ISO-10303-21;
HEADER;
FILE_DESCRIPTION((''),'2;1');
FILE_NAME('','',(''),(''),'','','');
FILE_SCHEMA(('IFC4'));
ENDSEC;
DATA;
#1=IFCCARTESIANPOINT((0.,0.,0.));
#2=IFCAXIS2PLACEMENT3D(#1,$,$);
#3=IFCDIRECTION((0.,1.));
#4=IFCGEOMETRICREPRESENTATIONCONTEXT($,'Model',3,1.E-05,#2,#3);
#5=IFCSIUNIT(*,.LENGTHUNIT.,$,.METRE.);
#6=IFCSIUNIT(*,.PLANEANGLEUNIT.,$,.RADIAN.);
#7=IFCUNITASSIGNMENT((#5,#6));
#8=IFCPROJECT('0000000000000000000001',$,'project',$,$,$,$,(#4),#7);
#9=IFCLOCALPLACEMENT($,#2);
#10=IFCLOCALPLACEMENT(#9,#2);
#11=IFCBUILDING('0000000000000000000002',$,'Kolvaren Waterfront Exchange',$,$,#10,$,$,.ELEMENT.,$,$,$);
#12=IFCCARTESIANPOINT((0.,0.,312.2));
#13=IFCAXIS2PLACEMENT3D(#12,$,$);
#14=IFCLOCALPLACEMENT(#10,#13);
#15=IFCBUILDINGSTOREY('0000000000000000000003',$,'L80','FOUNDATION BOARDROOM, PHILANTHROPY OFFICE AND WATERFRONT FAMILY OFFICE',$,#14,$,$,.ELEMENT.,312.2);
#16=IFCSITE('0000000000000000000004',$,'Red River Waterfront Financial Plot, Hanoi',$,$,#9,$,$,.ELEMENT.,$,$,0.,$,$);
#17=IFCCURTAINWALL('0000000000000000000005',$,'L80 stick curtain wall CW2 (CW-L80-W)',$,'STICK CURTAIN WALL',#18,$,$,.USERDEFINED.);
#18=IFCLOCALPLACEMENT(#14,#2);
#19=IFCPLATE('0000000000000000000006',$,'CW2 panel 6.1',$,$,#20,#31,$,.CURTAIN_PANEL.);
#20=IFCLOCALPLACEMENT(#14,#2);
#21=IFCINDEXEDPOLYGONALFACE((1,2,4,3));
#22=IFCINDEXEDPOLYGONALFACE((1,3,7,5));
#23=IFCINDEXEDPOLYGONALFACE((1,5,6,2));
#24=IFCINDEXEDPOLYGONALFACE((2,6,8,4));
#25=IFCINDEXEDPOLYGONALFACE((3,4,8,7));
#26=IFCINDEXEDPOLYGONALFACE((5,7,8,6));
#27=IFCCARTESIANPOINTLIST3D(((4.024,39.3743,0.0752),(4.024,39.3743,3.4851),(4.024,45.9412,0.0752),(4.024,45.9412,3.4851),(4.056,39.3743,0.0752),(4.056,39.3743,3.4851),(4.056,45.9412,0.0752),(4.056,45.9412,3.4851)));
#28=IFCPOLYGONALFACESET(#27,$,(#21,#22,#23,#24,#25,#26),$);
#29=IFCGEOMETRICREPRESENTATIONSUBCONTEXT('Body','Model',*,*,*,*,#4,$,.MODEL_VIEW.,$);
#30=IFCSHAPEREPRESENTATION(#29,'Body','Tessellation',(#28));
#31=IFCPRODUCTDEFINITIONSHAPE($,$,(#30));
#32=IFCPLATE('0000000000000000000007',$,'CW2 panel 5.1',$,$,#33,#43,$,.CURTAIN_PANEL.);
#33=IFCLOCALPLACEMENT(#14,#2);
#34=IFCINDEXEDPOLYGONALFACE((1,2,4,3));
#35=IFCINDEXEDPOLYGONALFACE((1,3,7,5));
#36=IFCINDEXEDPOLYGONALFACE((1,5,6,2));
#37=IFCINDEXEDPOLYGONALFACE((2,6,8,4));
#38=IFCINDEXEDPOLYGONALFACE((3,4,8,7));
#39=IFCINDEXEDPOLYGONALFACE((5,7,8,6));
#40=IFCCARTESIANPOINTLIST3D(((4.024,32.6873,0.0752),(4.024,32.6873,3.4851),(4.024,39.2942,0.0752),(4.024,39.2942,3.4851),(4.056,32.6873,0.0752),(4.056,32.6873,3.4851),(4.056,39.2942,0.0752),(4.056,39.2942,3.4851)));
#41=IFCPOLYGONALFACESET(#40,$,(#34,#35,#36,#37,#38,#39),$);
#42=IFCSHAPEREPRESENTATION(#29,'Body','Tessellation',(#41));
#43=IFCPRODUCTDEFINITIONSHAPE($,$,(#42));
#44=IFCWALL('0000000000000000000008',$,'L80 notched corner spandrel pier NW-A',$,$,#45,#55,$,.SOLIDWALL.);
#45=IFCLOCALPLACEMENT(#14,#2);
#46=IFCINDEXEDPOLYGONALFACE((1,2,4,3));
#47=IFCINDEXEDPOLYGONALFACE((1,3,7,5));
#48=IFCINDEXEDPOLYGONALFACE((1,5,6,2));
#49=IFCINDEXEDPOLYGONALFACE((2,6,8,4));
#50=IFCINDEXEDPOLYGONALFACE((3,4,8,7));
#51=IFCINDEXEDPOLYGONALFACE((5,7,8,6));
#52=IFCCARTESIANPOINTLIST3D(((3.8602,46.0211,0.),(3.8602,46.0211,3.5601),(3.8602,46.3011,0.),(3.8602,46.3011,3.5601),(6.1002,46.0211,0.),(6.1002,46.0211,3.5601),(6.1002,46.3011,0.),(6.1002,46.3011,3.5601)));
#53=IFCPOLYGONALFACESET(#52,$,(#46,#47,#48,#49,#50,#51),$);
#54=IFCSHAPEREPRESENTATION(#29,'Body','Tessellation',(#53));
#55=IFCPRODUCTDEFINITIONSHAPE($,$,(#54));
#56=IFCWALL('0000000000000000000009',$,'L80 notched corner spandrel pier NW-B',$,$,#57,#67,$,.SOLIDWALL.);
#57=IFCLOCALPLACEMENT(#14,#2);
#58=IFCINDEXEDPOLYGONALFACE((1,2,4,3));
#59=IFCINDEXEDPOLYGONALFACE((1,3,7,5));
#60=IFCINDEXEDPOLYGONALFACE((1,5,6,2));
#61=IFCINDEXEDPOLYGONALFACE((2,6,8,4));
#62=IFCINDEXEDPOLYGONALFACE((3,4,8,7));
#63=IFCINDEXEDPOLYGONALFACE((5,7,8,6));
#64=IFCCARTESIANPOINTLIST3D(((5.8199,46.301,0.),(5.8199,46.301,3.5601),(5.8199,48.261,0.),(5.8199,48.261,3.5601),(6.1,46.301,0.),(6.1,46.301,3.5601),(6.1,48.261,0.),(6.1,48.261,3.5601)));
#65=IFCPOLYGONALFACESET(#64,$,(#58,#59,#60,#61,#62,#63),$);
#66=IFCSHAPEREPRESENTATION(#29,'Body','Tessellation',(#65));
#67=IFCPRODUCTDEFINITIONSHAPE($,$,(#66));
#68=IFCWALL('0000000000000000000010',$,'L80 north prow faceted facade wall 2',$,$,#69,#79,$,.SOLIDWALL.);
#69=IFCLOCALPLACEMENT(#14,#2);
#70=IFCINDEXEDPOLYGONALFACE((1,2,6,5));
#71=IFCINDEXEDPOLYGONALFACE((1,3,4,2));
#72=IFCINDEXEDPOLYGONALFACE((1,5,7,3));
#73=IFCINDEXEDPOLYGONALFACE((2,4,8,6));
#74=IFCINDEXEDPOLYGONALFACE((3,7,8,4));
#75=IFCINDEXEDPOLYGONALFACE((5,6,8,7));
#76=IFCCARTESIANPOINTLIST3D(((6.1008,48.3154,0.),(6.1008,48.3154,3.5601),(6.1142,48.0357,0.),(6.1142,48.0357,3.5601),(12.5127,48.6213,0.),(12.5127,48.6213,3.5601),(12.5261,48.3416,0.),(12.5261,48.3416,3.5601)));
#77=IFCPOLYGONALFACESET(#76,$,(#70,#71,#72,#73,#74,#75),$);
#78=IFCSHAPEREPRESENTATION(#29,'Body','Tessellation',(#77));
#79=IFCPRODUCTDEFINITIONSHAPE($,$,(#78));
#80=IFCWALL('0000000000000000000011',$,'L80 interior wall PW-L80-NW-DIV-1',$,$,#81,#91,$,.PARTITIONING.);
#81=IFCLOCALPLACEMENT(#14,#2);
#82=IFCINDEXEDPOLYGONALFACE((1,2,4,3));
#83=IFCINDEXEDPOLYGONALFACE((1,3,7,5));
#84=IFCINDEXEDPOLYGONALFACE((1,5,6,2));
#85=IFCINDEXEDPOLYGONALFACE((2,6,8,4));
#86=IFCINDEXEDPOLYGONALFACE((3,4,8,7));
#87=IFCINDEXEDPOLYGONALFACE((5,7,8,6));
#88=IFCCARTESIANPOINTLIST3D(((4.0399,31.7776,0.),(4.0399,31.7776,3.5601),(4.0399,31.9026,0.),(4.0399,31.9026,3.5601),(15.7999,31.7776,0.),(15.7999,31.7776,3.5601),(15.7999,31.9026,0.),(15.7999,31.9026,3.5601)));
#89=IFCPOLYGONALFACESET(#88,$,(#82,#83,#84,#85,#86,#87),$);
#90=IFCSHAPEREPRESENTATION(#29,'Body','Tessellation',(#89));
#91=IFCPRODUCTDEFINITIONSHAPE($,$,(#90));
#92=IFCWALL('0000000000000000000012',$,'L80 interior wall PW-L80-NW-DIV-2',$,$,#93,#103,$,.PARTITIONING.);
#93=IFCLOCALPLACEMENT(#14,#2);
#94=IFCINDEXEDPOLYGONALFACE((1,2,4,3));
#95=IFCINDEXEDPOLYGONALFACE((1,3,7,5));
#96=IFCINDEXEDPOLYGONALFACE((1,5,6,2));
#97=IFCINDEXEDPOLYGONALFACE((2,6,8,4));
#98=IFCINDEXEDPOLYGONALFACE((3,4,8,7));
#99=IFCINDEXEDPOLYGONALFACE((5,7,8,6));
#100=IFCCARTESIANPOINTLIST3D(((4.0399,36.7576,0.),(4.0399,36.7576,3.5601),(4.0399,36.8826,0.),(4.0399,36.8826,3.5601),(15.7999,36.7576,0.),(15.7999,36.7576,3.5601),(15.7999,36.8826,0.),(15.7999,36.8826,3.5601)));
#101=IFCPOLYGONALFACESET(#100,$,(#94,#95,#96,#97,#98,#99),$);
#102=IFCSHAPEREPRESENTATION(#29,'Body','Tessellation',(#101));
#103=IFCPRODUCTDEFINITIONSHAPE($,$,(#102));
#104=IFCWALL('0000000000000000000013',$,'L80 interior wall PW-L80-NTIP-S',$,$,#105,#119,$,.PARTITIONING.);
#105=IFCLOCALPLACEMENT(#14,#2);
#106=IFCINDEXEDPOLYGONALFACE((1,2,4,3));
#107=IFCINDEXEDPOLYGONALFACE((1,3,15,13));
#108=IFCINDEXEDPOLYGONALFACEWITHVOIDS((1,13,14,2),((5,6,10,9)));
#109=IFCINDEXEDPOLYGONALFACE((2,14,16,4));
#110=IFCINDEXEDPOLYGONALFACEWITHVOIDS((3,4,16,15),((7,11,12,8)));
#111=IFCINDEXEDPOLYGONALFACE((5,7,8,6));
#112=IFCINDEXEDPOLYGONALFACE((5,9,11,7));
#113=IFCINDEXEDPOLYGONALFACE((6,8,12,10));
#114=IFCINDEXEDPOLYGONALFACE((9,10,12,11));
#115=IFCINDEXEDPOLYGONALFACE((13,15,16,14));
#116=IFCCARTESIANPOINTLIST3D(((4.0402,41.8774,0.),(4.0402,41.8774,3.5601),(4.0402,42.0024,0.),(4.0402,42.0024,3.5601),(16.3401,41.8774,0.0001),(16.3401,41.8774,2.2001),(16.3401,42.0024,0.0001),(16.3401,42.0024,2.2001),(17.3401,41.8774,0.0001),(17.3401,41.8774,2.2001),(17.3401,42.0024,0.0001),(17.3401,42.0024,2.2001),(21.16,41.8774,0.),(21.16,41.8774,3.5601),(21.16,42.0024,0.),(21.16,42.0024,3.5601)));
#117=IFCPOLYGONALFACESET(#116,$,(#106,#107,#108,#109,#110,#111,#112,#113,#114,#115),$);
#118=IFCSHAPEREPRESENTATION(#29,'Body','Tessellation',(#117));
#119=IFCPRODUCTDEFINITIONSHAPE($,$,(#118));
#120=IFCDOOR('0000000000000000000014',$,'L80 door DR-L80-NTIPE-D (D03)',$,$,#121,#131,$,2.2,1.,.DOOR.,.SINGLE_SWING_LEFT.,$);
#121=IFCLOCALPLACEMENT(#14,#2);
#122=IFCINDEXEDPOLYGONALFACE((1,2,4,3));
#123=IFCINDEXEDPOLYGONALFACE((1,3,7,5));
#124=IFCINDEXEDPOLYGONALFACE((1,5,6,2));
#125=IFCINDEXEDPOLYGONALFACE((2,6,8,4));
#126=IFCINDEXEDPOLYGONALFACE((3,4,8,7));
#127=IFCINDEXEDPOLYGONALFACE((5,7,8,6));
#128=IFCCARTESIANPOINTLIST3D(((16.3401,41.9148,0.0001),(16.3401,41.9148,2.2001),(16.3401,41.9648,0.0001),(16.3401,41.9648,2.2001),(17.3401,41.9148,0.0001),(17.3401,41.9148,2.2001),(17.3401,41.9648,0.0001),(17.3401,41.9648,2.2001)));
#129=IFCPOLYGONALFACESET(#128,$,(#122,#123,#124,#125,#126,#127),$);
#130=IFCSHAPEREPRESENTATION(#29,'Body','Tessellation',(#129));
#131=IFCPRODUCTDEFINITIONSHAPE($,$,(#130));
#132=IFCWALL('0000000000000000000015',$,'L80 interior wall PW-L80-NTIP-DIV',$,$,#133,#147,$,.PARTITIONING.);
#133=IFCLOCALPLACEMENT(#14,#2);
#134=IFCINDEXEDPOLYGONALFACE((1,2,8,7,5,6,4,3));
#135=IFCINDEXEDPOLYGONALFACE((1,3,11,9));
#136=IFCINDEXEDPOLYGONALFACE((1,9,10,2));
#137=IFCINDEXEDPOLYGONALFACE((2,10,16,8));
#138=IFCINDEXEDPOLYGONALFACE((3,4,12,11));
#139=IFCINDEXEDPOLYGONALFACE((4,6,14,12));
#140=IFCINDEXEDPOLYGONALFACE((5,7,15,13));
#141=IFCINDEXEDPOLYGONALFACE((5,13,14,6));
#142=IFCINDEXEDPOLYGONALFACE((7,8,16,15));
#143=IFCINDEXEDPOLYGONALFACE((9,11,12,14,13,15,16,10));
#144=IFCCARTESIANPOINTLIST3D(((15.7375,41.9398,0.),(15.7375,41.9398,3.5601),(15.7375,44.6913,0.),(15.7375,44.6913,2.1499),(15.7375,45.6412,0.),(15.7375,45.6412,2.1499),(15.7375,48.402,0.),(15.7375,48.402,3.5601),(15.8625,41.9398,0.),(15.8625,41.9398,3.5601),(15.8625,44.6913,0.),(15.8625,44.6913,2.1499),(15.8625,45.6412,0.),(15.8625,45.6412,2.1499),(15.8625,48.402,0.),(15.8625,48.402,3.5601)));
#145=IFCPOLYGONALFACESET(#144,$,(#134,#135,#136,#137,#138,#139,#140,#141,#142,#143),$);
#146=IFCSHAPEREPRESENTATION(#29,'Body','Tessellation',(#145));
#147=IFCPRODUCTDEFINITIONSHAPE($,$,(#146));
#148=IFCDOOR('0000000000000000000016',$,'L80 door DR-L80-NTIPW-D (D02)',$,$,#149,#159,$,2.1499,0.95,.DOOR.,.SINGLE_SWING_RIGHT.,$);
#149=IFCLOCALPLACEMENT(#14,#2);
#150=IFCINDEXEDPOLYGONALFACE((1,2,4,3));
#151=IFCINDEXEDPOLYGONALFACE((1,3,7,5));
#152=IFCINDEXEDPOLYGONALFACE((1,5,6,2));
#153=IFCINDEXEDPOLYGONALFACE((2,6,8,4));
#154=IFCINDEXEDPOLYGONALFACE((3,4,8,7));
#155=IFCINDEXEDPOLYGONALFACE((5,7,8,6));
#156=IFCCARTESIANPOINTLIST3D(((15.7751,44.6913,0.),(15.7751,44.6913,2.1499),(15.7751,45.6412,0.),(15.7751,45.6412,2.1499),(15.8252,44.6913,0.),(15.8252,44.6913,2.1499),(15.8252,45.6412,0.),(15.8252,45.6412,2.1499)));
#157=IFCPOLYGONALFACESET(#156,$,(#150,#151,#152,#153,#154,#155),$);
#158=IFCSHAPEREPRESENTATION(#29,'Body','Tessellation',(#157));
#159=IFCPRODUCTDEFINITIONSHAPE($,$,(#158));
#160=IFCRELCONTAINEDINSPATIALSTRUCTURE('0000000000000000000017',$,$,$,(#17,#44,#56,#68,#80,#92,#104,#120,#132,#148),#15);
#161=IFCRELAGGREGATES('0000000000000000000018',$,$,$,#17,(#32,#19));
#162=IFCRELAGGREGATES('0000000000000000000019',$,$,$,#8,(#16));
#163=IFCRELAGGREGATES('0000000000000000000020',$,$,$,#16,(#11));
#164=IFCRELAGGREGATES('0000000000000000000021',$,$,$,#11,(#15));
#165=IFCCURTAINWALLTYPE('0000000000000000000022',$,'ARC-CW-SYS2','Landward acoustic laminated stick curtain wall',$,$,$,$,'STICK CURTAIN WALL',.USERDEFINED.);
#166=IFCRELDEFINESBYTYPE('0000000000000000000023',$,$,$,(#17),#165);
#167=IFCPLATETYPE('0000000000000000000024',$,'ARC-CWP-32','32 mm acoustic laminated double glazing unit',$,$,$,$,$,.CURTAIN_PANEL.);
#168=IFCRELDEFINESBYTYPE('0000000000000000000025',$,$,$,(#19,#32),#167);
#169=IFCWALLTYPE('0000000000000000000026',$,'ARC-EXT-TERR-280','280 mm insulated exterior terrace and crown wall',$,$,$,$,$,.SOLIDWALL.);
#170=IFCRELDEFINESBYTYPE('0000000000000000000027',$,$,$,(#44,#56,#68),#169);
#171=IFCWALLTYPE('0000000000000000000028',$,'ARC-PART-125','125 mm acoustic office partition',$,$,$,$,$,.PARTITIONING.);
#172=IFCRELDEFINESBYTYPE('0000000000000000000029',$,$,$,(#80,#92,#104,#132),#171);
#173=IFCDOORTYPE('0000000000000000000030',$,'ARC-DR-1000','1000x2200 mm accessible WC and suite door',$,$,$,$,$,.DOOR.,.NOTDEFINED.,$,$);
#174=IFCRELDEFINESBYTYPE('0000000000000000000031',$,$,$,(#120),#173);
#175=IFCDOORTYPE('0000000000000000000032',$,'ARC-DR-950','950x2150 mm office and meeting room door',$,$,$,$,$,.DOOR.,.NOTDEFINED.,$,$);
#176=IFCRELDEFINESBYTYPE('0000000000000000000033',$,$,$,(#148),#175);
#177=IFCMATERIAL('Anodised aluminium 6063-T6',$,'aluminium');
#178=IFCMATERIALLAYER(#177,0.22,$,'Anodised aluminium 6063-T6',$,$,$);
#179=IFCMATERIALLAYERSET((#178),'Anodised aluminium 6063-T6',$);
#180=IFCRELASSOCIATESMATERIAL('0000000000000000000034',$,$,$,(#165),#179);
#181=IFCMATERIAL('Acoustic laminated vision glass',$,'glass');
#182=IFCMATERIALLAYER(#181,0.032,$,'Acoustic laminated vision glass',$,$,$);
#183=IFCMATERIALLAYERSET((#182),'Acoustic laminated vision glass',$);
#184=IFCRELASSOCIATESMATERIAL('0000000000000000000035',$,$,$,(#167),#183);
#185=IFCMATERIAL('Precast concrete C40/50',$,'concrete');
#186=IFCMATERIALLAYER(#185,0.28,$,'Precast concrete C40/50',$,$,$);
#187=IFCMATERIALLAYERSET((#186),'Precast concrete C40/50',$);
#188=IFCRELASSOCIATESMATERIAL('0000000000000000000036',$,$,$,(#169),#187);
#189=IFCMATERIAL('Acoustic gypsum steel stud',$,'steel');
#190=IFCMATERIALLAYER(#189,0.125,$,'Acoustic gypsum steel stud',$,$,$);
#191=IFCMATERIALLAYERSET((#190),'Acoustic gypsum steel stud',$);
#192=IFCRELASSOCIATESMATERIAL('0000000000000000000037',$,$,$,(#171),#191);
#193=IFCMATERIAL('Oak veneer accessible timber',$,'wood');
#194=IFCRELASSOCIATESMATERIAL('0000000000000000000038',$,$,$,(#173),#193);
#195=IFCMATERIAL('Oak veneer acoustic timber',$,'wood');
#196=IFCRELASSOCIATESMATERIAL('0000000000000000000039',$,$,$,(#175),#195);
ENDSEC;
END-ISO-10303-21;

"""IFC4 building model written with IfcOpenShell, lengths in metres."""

from ifc_helpers import new_model, si_unit, direction, frame, frame_2d, origin, origin_with_axes, origin_2d, place, context, subcontext, project, spatial, rectangle, extrude, source, transform, mapped, material, layer, layer_set, type_object, element, fill, aggregate, save


model = new_model("IFC4")

# Units and contexts
model_context = context("Model", 3, precision=1e-05, world=origin(), true_north=direction((0.0, 1.0)))
body_context = subcontext(model_context, "Body", "Model", "MODEL_VIEW")
ifc_project = project(units=[si_unit("LENGTHUNIT", "METRE"), si_unit("PLANEANGLEUNIT", "RADIAN")], contexts=[model_context])

# Site, building, storey
site_placement = place(None, origin())
site = spatial("IfcSite", under=ifc_project, at=site_placement, Name="Red River Waterfront Financial Plot, Hanoi", CompositionType="ELEMENT", RefElevation=0.0)
building_placement = place(site_placement, origin())
building = spatial("IfcBuilding", under=site, at=building_placement, Name="Kolvaren Waterfront Exchange", CompositionType="ELEMENT")
storey_placement = place(building_placement, frame((0.0, 0.0, 312.2)))
storey = spatial("IfcBuildingStorey", under=building, at=storey_placement, Name="L80", Description="FOUNDATION BOARDROOM, PHILANTHROPY OFFICE AND WATERFRONT FAMILY OFFICE", CompositionType="ELEMENT", Elevation=312.2)

# Curtain wall, plates
ifc_material_1 = material(Name="Anodised aluminium 6063-T6", Category="aluminium")
ifc_layer_1 = layer(ifc_material_1, 0.22, Name="Anodised aluminium 6063-T6")
ifc_layer_set_1 = layer_set([ifc_layer_1], Name="Anodised aluminium 6063-T6")
curtain_wall_type = type_object("IfcCurtainWallType", Name="ARC-CW-SYS2", Description="Landward acoustic laminated stick curtain wall", ElementType="STICK CURTAIN WALL", PredefinedType="USERDEFINED", material=ifc_layer_set_1)
curtain_wall_placement = place(storey_placement, origin())
curtain_wall = element("IfcCurtainWall", 1, at=curtain_wall_placement, inside=storey, type_object=curtain_wall_type, Name="L80 stick curtain wall CW2 (CW-L80-W)", ObjectType="STICK CURTAIN WALL", PredefinedType="USERDEFINED")
ifc_material_2 = material(Name="Acoustic laminated vision glass", Category="glass")
ifc_layer_2 = layer(ifc_material_2, 0.032, Name="Acoustic laminated vision glass")
ifc_layer_set_2 = layer_set([ifc_layer_2], Name="Acoustic laminated vision glass")
plate_type = type_object("IfcPlateType", Name="ARC-CWP-32", Description="32 mm acoustic laminated double glazing unit", PredefinedType="CURTAIN_PANEL", material=ifc_layer_set_2)
shared_shape_1 = source(origin_with_axes(), body_context, "Body", "SweptSolid", [
    extrude(rectangle(XDim=6.5669, YDim=0.032, at=origin_2d()), origin(), (0.0, 0.0, 1.0), 3.4099),
])
plate_1_placement = place(storey_placement, frame((4.04, 42.6577, 0.0752), z_axis=(0.0, 0.0, 1.0), x_axis=(0.0, 1.0, 0.0)))
plate_1 = element("IfcPlate", 2, at=plate_1_placement, type_object=plate_type, Name="CW2 panel 6.1", PredefinedType="CURTAIN_PANEL", context=body_context, shape_type="MappedRepresentation", body=[
    mapped(shared_shape_1, transform((0.0, 0.0, 0.0), x_axis=(1.0, 0.0, 0.0), y_axis=(0.0, 1.0, 0.0), z_axis=(0.0, 0.0, 1.0), scale=1.0)),
])
shared_shape_2 = source(origin_with_axes(), body_context, "Body", "SweptSolid", [
    extrude(rectangle(XDim=6.6069, YDim=0.032, at=origin_2d()), origin(), (0.0, 0.0, 1.0), 3.4099),
])
plate_2_placement = place(storey_placement, frame((4.04, 35.9907, 0.0752), z_axis=(0.0, 0.0, 1.0), x_axis=(0.0, 1.0, 0.0)))
plate_2 = element("IfcPlate", 3, at=plate_2_placement, type_object=plate_type, Name="CW2 panel 5.1", PredefinedType="CURTAIN_PANEL", context=body_context, shape_type="MappedRepresentation", body=[
    mapped(shared_shape_2, transform((0.0, 0.0, 0.0), x_axis=(1.0, 0.0, 0.0), y_axis=(0.0, 1.0, 0.0), z_axis=(0.0, 0.0, 1.0), scale=1.0)),
])
aggregate(curtain_wall, [plate_2, plate_1])

# Walls
ifc_material_3 = material(Name="Precast concrete C40/50", Category="concrete")
ifc_layer_3 = layer(ifc_material_3, 0.28, Name="Precast concrete C40/50")
ifc_layer_set_3 = layer_set([ifc_layer_3], Name="Precast concrete C40/50")
wall_type_1 = type_object("IfcWallType", Name="ARC-EXT-TERR-280", Description="280 mm insulated exterior terrace and crown wall", PredefinedType="SOLIDWALL", material=ifc_layer_set_3)
wall_1_placement = place(storey_placement, frame((3.8601, 46.1611, 0.0), z_axis=(0.0, 0.0, 1.0), x_axis=(1.0, 0.0, 0.0)))
element("IfcWall", 4, at=wall_1_placement, inside=storey, type_object=wall_type_1, Name="L80 notched corner spandrel pier NW-A", PredefinedType="SOLIDWALL", context=body_context, shape_type="SweptSolid", body=[
    extrude(rectangle(XDim=2.24, YDim=0.28, at=frame_2d((1.1201, 0.0))), origin(), (0.0, 0.0, 1.0), 3.5601),
])
wall_2_placement = place(storey_placement, frame((5.96, 46.301, 0.0), z_axis=(0.0, 0.0, 1.0), x_axis=(0.0, 1.0, 0.0)))
element("IfcWall", 5, at=wall_2_placement, inside=storey, type_object=wall_type_1, Name="L80 notched corner spandrel pier NW-B", PredefinedType="SOLIDWALL", context=body_context, shape_type="SweptSolid", body=[
    extrude(rectangle(XDim=1.96, YDim=0.28, at=frame_2d((0.98, 0.0))), origin(), (0.0, 0.0, 1.0), 3.5601),
])
wall_3_placement = place(storey_placement, frame((12.5193, 48.4814, 0.0), z_axis=(0.0, 0.0, 1.0), x_axis=(-0.998864, -0.047655, 0.0)))
element("IfcWall", 6, at=wall_3_placement, inside=storey, type_object=wall_type_1, Name="L80 north prow faceted facade wall 2", PredefinedType="SOLIDWALL", context=body_context, shape_type="SweptSolid", body=[
    extrude(rectangle(XDim=6.4192, YDim=0.28, at=frame_2d((3.2095, 0.0))), origin(), (0.0, 0.0, 1.0), 3.5601),
])
ifc_material_4 = material(Name="Acoustic gypsum steel stud", Category="steel")
ifc_layer_4 = layer(ifc_material_4, 0.125, Name="Acoustic gypsum steel stud")
ifc_layer_set_4 = layer_set([ifc_layer_4], Name="Acoustic gypsum steel stud")
wall_type_2 = type_object("IfcWallType", Name="ARC-PART-125", Description="125 mm acoustic office partition", PredefinedType="PARTITIONING", material=ifc_layer_set_4)
for number, where, z_axis, x_axis, name in (
    (7, (4.04, 31.8401, 0.0), (0.0, 0.0, 1.0), (1.0, 0.0, 0.0), "L80 interior wall PW-L80-NW-DIV-1"),
    (8, (4.04, 36.8201, 0.0), (0.0, 0.0, 1.0), (1.0, 0.0, 0.0), "L80 interior wall PW-L80-NW-DIV-2"),
):
    element("IfcWall", number, at=place(storey_placement, frame(where, z_axis=z_axis, x_axis=x_axis)), inside=storey, type_object=wall_type_2, Name=name, PredefinedType="PARTITIONING", context=body_context, shape_type="SweptSolid", body=[
        extrude(rectangle(XDim=11.76, YDim=0.125, at=frame_2d((5.8799, 0.0))), origin(), (0.0, 0.0, 1.0), 3.5601),
    ])

# Walls, openings, doors
wall_4_placement = place(storey_placement, frame((4.04, 41.9399, 0.0), z_axis=(0.0, 0.0, 1.0), x_axis=(1.0, 0.0, 0.0)))
wall_4 = element("IfcWall", 9, at=wall_4_placement, inside=storey, type_object=wall_type_2, Name="L80 interior wall PW-L80-NTIP-S", PredefinedType="PARTITIONING", context=body_context, shape_type="SweptSolid", body=[
    extrude(rectangle(XDim=17.1199, YDim=0.125, at=frame_2d((8.5601, 0.0))), origin(), (0.0, 0.0, 1.0), 3.5601),
])
opening_1_placement = place(wall_4_placement, frame((12.3, 0.0, 0.0)))
opening_1 = element("IfcOpeningElement", 10, at=opening_1_placement, cuts=wall_4, PredefinedType="OPENING", context=body_context, shape_type="SweptSolid", body=[
    extrude(rectangle(XDim=1.0, YDim=2.2, at=frame_2d((0.5, 1.1001))), frame((0.0, 0.0725, 0.0), z_axis=(0.0, -1.0, 0.0), x_axis=(1.0, 0.0, 0.0)), (0.0, 0.0, 1.0), 0.145),
])
ifc_material_5 = material(Name="Oak veneer accessible timber", Category="wood")
door_type_1 = type_object("IfcDoorType", Name="ARC-DR-1000", Description="1000x2200 mm accessible WC and suite door", OperationType="NOTDEFINED", PredefinedType="DOOR", material=ifc_material_5)
door_1_placement = place(opening_1_placement, origin())
door_1 = element("IfcDoor", 11, at=door_1_placement, inside=storey, type_object=door_type_1, Name="L80 door DR-L80-NTIPE-D (D03)", OperationType="SINGLE_SWING_LEFT", OverallHeight=2.2, OverallWidth=1.0, PredefinedType="DOOR", context=body_context, shape_type="SweptSolid", body=[
    extrude(rectangle(XDim=1.0, YDim=2.2, at=frame_2d((0.5, 1.1001))), frame((0.0, 0.0249, 0.0), z_axis=(0.0, -1.0, 0.0), x_axis=(1.0, 0.0, 0.0)), (0.0, 0.0, 1.0), 0.05),
])
fill(opening_1, door_1)
wall_5_placement = place(storey_placement, frame((15.8, 41.9399, 0.0), z_axis=(0.0, 0.0, 1.0), x_axis=(0.0, 1.0, 0.0)))
wall_5 = element("IfcWall", 12, at=wall_5_placement, inside=storey, type_object=wall_type_2, Name="L80 interior wall PW-L80-NTIP-DIV", PredefinedType="PARTITIONING", context=body_context, shape_type="SweptSolid", body=[
    extrude(rectangle(XDim=6.4622, YDim=0.125, at=frame_2d((3.231, 0.0))), origin(), (0.0, 0.0, 1.0), 3.5601),
])
opening_2_placement = place(wall_5_placement, frame((2.7512, 0.0, 0.0)))
opening_2 = element("IfcOpeningElement", 13, at=opening_2_placement, cuts=wall_5, PredefinedType="OPENING", context=body_context, shape_type="SweptSolid", body=[
    extrude(rectangle(XDim=0.95, YDim=2.1499, at=frame_2d((0.4751, 1.075))), frame((0.0, 0.0725, 0.0), z_axis=(0.0, -1.0, 0.0), x_axis=(1.0, 0.0, 0.0)), (0.0, 0.0, 1.0), 0.145),
])
ifc_material_6 = material(Name="Oak veneer acoustic timber", Category="wood")
door_type_2 = type_object("IfcDoorType", Name="ARC-DR-950", Description="950x2150 mm office and meeting room door", OperationType="NOTDEFINED", PredefinedType="DOOR", material=ifc_material_6)
door_2_placement = place(opening_2_placement, origin())
door_2 = element("IfcDoor", 14, at=door_2_placement, inside=storey, type_object=door_type_2, Name="L80 door DR-L80-NTIPW-D (D02)", OperationType="SINGLE_SWING_RIGHT", OverallHeight=2.1499, OverallWidth=0.95, PredefinedType="DOOR", context=body_context, shape_type="SweptSolid", body=[
    extrude(rectangle(XDim=0.95, YDim=2.1499, at=frame_2d((0.4751, 1.075))), frame((0.0, 0.0249, 0.0), z_axis=(0.0, -1.0, 0.0), x_axis=(1.0, 0.0, 0.0)), (0.0, 0.0, 1.0), 0.05),
])
fill(opening_2, door_2)

save(model, "model.ifc")
